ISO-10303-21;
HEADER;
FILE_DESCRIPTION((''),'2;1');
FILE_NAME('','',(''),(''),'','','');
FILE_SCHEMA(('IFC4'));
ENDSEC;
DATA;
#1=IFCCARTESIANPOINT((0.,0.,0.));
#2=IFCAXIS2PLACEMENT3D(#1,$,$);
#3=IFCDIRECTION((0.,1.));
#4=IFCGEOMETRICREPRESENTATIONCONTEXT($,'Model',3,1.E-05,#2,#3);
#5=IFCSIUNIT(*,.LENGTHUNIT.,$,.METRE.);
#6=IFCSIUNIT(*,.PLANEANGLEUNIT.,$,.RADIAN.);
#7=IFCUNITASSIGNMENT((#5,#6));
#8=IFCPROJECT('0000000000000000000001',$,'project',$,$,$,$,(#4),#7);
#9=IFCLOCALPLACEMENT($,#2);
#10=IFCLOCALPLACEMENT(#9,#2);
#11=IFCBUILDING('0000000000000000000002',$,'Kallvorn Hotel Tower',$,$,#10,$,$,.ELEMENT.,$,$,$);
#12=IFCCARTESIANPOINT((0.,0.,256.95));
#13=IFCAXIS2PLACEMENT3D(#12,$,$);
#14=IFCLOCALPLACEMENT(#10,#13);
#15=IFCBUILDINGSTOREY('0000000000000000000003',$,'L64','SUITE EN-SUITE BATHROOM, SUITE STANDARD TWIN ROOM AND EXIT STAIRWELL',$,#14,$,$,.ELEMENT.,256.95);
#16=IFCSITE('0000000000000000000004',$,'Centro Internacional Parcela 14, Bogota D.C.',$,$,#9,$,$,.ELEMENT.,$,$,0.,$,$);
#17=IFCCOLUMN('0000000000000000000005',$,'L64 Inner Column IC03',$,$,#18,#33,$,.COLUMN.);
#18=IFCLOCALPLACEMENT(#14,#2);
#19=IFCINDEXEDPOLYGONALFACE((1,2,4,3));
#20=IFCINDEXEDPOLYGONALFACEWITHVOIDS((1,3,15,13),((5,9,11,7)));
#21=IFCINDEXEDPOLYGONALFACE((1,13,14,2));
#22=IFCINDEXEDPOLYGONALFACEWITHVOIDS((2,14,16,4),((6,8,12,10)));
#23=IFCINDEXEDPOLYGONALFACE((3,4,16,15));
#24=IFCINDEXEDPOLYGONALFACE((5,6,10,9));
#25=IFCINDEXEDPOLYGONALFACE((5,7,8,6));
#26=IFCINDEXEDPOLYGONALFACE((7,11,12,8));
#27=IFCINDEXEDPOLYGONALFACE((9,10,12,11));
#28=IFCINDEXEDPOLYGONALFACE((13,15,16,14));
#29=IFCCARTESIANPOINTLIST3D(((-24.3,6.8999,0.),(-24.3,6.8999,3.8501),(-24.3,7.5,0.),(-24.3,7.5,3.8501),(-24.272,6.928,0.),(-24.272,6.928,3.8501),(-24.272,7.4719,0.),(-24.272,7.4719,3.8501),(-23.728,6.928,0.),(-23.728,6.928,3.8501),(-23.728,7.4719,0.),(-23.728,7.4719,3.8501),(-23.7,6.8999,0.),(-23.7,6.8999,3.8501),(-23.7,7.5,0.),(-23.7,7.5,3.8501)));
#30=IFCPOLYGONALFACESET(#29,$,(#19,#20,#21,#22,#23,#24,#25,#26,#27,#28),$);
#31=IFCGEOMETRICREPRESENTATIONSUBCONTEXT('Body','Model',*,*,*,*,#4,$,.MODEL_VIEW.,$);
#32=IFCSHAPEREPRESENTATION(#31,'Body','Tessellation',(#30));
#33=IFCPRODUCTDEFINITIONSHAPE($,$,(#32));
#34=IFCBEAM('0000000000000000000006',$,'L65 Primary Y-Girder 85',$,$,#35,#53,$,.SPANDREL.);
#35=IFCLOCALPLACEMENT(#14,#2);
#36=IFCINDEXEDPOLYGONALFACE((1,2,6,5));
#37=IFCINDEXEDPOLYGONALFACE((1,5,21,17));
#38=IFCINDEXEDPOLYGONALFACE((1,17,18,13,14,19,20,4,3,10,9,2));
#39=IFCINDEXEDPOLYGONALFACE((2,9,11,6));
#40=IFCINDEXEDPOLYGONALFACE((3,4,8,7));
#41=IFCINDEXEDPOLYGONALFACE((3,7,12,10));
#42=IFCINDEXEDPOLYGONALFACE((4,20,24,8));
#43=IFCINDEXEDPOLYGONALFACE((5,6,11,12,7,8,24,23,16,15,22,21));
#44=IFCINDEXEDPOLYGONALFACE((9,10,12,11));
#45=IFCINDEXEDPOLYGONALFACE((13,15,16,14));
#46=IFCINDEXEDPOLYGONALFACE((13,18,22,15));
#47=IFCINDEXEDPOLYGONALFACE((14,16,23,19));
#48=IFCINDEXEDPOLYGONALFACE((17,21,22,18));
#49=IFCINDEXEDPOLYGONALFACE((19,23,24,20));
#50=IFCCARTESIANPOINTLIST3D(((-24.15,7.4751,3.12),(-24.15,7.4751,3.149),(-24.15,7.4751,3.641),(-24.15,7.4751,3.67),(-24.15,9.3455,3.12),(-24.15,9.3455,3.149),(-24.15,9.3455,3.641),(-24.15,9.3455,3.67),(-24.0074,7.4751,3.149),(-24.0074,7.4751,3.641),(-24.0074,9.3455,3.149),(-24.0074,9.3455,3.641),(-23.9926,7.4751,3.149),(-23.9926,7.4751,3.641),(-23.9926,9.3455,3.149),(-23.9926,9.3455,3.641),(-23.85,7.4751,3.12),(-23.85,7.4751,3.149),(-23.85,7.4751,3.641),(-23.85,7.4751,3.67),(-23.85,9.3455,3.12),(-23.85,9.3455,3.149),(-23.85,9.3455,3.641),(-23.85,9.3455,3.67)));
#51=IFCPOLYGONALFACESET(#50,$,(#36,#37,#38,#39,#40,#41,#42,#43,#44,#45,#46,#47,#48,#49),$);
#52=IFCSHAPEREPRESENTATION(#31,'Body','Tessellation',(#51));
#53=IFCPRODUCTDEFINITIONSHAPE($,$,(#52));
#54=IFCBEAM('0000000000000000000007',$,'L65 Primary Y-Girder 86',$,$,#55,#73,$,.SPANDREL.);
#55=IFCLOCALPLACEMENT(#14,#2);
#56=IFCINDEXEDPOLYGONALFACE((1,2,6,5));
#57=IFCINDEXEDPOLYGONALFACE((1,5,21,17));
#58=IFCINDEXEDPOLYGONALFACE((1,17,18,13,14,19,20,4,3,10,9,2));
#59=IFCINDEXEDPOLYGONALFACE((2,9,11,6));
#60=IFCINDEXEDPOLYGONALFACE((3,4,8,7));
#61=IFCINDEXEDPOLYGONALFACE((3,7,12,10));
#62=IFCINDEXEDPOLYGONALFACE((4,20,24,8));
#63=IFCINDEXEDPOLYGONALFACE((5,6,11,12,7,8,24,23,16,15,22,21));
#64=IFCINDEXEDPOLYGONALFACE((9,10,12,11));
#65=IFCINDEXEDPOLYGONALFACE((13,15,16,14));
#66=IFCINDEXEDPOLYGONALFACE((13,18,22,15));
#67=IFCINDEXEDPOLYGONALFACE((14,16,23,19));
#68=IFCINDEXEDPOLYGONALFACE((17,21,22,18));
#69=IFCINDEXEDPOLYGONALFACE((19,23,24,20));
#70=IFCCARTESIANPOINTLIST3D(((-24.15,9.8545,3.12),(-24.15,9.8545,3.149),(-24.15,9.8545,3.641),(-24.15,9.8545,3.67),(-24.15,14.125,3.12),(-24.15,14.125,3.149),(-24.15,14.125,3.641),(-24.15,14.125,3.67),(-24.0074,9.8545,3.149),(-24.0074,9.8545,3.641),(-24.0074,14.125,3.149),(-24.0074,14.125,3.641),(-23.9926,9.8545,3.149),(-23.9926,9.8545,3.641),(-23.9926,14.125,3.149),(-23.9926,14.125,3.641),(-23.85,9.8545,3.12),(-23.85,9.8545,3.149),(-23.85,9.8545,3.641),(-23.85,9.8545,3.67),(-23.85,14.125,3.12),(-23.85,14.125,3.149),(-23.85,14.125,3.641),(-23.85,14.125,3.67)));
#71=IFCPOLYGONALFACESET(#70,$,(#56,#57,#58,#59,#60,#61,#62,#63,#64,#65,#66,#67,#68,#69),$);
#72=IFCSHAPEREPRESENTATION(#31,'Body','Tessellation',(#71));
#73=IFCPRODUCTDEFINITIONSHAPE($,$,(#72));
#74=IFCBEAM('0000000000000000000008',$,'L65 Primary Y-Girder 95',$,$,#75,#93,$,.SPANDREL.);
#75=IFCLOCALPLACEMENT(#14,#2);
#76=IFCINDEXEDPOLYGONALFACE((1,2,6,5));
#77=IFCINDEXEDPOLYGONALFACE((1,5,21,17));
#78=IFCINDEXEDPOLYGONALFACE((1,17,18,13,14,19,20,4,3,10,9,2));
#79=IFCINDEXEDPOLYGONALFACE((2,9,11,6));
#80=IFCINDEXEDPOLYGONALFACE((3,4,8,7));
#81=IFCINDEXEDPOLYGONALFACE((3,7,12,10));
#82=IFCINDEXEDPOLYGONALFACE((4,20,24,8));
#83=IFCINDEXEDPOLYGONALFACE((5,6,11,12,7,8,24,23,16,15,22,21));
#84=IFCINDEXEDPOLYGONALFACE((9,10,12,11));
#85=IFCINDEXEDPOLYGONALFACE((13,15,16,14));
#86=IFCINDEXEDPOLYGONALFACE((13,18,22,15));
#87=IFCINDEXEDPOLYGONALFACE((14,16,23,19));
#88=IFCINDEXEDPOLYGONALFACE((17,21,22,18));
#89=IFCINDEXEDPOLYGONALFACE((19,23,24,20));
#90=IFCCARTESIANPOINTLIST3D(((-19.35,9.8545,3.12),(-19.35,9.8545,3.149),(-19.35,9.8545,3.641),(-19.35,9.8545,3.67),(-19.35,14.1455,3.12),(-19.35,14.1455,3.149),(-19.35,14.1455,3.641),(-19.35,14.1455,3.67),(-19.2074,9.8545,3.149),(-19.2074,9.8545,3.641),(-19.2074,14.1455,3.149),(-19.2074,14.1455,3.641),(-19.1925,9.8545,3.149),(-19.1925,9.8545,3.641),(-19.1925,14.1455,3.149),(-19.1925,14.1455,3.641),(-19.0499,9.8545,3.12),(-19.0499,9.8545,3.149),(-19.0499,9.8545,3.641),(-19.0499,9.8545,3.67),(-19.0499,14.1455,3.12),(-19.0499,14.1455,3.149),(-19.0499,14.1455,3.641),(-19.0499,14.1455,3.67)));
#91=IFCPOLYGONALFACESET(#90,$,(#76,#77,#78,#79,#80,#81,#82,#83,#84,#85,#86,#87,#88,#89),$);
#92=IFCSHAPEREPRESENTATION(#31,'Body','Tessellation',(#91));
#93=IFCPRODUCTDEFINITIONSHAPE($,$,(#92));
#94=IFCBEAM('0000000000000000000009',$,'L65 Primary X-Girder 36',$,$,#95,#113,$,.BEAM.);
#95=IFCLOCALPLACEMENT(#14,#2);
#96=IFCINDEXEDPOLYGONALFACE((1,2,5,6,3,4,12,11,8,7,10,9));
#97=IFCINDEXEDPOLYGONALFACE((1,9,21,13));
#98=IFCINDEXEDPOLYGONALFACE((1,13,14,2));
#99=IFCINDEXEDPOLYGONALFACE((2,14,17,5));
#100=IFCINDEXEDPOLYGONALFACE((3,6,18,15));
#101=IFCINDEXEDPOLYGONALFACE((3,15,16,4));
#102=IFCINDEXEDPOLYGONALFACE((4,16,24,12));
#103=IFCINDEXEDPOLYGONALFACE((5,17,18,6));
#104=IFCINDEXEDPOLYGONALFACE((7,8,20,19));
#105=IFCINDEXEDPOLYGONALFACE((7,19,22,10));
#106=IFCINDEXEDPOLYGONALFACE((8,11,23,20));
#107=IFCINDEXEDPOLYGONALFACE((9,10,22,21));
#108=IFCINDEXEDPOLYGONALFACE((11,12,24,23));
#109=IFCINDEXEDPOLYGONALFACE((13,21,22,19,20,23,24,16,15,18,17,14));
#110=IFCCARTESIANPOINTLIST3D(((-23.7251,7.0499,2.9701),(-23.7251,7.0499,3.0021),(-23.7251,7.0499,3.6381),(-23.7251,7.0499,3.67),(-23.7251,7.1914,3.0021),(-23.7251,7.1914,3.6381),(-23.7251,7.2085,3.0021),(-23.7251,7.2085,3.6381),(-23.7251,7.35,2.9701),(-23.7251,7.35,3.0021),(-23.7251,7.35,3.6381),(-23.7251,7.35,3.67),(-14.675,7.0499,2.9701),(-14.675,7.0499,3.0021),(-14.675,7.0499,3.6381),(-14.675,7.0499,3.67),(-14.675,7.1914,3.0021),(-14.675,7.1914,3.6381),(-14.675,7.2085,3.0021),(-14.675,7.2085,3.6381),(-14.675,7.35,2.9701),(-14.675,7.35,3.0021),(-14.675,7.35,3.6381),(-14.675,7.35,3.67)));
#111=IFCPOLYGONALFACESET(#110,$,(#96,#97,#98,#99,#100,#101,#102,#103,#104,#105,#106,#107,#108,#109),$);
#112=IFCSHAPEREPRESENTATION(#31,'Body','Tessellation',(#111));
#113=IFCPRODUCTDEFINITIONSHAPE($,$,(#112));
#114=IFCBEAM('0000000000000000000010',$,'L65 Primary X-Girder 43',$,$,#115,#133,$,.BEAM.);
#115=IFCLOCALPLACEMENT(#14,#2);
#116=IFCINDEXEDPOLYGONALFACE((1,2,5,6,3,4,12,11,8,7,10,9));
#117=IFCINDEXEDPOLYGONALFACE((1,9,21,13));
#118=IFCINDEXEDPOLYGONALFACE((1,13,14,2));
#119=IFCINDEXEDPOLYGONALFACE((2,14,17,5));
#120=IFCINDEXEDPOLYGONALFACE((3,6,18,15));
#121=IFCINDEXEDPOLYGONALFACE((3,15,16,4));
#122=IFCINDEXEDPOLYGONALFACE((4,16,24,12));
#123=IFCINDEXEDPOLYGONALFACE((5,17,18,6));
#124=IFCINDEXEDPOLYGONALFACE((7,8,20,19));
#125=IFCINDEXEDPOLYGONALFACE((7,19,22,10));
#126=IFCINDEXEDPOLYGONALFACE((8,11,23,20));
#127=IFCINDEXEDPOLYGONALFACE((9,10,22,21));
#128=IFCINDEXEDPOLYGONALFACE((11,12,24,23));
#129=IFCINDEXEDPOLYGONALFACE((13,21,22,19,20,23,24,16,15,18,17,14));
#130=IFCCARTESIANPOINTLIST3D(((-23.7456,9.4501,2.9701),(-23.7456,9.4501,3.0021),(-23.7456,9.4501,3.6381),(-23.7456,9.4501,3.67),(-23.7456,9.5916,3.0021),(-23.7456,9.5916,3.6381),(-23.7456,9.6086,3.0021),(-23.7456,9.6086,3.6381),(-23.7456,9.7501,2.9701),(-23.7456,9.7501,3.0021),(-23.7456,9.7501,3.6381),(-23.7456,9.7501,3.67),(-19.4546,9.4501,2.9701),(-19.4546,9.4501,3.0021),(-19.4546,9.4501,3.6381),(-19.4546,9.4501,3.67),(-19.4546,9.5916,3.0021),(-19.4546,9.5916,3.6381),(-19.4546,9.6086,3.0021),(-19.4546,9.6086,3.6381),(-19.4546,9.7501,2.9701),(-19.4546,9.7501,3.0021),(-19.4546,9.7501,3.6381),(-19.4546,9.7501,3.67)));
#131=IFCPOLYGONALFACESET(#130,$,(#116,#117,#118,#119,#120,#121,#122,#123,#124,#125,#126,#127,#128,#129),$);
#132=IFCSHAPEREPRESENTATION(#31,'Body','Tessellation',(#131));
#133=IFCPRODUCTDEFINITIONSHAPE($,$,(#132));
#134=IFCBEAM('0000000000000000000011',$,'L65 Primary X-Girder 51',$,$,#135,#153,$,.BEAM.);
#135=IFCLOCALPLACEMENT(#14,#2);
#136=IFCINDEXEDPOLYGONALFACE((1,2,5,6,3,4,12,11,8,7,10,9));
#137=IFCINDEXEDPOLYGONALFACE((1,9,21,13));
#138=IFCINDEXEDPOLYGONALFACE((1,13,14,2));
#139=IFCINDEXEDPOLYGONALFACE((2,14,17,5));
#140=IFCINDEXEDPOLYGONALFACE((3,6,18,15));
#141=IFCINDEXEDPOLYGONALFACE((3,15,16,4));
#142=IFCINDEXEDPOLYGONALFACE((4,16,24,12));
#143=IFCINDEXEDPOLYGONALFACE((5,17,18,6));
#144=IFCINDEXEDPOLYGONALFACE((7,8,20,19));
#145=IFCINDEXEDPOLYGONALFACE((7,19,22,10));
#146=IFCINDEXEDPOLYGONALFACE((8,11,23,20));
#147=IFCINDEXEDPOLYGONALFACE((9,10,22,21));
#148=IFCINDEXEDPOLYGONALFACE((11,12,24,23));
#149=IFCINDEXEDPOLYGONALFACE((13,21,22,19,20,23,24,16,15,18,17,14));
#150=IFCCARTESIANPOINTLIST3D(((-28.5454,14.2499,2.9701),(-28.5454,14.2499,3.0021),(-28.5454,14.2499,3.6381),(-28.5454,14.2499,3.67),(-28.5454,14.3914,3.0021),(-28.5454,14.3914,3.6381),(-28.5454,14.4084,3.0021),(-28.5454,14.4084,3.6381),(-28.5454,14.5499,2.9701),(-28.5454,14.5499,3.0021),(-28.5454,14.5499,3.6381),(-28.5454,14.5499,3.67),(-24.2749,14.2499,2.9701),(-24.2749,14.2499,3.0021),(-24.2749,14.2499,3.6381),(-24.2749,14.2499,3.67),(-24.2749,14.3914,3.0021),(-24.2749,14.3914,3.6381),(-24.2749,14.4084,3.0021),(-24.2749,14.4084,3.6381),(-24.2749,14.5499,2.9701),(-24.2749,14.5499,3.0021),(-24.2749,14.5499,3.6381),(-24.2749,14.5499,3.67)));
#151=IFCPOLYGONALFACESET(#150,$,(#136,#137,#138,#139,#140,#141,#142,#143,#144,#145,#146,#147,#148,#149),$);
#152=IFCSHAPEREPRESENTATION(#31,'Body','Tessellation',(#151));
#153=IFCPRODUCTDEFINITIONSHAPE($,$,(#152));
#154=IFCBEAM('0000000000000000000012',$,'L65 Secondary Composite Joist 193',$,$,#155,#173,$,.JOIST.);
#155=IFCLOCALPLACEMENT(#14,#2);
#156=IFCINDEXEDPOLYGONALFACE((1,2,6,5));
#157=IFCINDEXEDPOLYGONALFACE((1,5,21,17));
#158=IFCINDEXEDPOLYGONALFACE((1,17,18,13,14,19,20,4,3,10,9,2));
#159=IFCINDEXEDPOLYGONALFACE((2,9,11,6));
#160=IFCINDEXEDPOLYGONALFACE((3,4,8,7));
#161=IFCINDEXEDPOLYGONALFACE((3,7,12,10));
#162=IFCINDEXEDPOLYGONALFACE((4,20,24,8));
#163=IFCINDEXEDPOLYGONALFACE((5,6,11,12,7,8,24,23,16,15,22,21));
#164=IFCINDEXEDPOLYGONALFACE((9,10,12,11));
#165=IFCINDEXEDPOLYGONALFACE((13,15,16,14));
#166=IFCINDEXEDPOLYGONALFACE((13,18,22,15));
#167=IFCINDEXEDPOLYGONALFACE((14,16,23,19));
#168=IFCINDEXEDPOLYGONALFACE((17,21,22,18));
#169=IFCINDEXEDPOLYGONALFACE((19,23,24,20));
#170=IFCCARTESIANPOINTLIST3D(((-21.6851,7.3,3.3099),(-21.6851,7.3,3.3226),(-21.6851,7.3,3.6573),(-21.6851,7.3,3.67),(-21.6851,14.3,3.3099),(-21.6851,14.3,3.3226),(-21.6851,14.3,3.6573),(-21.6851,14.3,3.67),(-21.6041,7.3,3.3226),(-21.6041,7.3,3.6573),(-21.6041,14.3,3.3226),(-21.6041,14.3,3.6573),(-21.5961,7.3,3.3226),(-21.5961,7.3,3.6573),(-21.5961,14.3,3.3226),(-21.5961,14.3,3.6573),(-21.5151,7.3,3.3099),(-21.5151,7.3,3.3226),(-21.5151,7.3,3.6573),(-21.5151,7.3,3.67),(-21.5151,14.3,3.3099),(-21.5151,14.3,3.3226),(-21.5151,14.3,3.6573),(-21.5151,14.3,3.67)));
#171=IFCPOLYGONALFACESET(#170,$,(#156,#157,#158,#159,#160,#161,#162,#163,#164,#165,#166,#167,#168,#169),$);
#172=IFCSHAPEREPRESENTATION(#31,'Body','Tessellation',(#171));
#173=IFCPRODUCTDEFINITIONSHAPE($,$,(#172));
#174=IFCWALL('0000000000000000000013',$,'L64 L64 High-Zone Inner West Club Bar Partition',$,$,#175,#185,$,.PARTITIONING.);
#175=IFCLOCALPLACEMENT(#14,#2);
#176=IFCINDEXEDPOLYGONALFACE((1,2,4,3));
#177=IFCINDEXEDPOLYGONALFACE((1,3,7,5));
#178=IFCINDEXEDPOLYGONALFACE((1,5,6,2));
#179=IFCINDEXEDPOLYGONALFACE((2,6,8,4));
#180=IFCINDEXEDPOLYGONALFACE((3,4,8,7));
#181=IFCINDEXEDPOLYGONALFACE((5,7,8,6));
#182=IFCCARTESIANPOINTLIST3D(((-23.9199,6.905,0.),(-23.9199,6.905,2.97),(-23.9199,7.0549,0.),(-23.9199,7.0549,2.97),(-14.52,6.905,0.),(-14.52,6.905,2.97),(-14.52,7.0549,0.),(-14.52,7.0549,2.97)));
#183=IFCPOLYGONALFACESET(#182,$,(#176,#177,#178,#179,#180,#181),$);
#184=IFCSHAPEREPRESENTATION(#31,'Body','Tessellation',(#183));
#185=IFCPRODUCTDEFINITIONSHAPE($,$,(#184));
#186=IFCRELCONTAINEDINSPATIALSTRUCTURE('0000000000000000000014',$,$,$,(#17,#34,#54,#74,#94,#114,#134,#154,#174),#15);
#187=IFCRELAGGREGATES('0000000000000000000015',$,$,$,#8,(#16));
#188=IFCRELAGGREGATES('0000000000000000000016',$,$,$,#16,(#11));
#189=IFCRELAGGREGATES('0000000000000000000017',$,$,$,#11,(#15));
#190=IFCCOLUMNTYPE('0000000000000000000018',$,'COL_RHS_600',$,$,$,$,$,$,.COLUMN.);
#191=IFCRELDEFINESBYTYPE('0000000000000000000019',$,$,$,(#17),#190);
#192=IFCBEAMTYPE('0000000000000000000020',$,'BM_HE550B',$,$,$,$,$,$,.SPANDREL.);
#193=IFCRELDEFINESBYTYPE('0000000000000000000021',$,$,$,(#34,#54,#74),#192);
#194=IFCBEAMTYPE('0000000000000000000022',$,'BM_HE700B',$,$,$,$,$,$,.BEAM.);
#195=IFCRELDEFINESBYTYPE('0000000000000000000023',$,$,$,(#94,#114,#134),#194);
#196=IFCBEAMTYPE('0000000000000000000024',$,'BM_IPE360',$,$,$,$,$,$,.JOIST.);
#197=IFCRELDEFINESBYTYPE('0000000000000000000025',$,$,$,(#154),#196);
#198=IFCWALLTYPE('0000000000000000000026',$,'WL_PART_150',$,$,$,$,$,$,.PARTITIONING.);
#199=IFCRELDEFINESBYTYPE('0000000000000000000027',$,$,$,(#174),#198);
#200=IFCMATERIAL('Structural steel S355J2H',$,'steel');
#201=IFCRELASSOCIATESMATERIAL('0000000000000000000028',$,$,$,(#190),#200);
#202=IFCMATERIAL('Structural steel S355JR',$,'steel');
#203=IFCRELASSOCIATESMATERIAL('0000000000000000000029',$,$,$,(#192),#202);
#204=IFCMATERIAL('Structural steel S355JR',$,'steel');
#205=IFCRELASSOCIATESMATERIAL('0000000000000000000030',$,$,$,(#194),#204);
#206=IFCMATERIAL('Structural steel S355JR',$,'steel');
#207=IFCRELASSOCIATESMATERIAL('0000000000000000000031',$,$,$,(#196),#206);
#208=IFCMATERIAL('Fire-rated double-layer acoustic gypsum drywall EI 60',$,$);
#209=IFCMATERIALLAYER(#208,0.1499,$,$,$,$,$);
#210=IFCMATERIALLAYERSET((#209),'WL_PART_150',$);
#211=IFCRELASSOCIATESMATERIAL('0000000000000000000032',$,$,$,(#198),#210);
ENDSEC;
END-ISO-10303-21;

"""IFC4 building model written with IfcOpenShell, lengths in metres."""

from ifc_helpers import new_model, si_unit, direction, frame, frame_2d, origin, origin_2d, place, context, subcontext, project, spatial, rectangle, hollow_rectangle, i_section, extrude, material, layer, layer_set, material_profile, profile_set, type_object, element, save


model = new_model("IFC4")

# Units and contexts
model_context = context("Model", 3, precision=1e-05, world=origin(), true_north=direction((0.0, 1.0)))
body_context = subcontext(model_context, "Body", "Model", "MODEL_VIEW")
ifc_project = project(units=[si_unit("LENGTHUNIT", "METRE"), si_unit("PLANEANGLEUNIT", "RADIAN")], contexts=[model_context])

# Site, building, storey
site_placement = place(None, origin())
site = spatial("IfcSite", under=ifc_project, at=site_placement, Name="Centro Internacional Parcela 14, Bogota D.C.", CompositionType="ELEMENT", RefElevation=0.0)
building_placement = place(site_placement, origin())
building = spatial("IfcBuilding", under=site, at=building_placement, Name="Kallvorn Hotel Tower", CompositionType="ELEMENT")
storey_placement = place(building_placement, frame((0.0, 0.0, 256.95)))
storey = spatial("IfcBuildingStorey", under=building, at=storey_placement, Name="L64", Description="SUITE EN-SUITE BATHROOM, SUITE STANDARD TWIN ROOM AND EXIT STAIRWELL", CompositionType="ELEMENT", Elevation=256.95)

# Column
ifc_material_1 = material(Name="Structural steel S355J2H", Category="steel")
ifc_material_profile_1 = material_profile(ifc_material_1, hollow_rectangle(XDim=0.6001, YDim=0.6001, WallThickness=0.0281, at=origin_2d()), Name="RHS 600x600x28")
ifc_profile_set_1 = profile_set([ifc_material_profile_1], Name="Structural steel S355J2H")
column_type_1 = type_object("IfcColumnType", Name="COL_RHS_600", PredefinedType="COLUMN", material=ifc_profile_set_1)
column_placement = place(storey_placement, frame((-24.0, 7.2, 0.0), z_axis=(0.0, 0.0, 1.0), x_axis=(1.0, 0.0, 0.0)))
element("IfcColumn", 1, at=column_placement, inside=storey, type_object=column_type_1, Name="L64 Inner Column IC03", PredefinedType="COLUMN", context=body_context, shape_type="SweptSolid", body=[
    extrude(hollow_rectangle(XDim=0.6001, YDim=0.6001, WallThickness=0.0281, at=origin_2d()), origin(), (0.0, 0.0, 1.0), 3.8501),
])

# Beams
ifc_material_2 = material(Name="Structural steel S355JR", Category="steel")
ifc_material_profile_2 = material_profile(ifc_material_2, i_section(OverallWidth=0.3, OverallDepth=0.55, WebThickness=0.0149, FlangeThickness=0.0291, at=origin_2d()), Name="HE 550 B")
ifc_profile_set_2 = profile_set([ifc_material_profile_2], Name="Structural steel S355JR")
beam_type_1 = type_object("IfcBeamType", Name="BM_HE550B", PredefinedType="SPANDREL", material=ifc_profile_set_2)
beam_1_placement = place(storey_placement, frame((-24.0, 7.4751, 3.395), z_axis=(0.0, 1.0, 0.0), x_axis=(-1.0, 0.0, 0.0)))
element("IfcBeam", 2, at=beam_1_placement, inside=storey, type_object=beam_type_1, Name="L65 Primary Y-Girder 85", PredefinedType="SPANDREL", context=body_context, shape_type="SweptSolid", body=[
    extrude(i_section(OverallWidth=0.3, OverallDepth=0.55, WebThickness=0.0149, FlangeThickness=0.0291, at=origin_2d()), origin(), (0.0, 0.0, 1.0), 1.8704),
])
beam_2_placement = place(storey_placement, frame((-24.0, 9.8545, 3.395), z_axis=(0.0, 1.0, 0.0), x_axis=(-1.0, 0.0, 0.0)))
element("IfcBeam", 3, at=beam_2_placement, inside=storey, type_object=beam_type_1, Name="L65 Primary Y-Girder 86", PredefinedType="SPANDREL", context=body_context, shape_type="SweptSolid", body=[
    extrude(i_section(OverallWidth=0.3, OverallDepth=0.55, WebThickness=0.0149, FlangeThickness=0.0291, at=origin_2d()), origin(), (0.0, 0.0, 1.0), 4.2705),
])
beam_3_placement = place(storey_placement, frame((-19.2, 9.8545, 3.395), z_axis=(0.0, 1.0, 0.0), x_axis=(-1.0, 0.0, 0.0)))
element("IfcBeam", 4, at=beam_3_placement, inside=storey, type_object=beam_type_1, Name="L65 Primary Y-Girder 95", PredefinedType="SPANDREL", context=body_context, shape_type="SweptSolid", body=[
    extrude(i_section(OverallWidth=0.3, OverallDepth=0.55, WebThickness=0.0149, FlangeThickness=0.0291, at=origin_2d()), origin(), (0.0, 0.0, 1.0), 4.291),
])
ifc_material_3 = material(Name="Structural steel S355JR", Category="steel")
ifc_material_profile_3 = material_profile(ifc_material_3, i_section(OverallWidth=0.3, OverallDepth=0.7, WebThickness=0.0171, FlangeThickness=0.032, at=origin_2d()), Name="HE 700 B")
ifc_profile_set_3 = profile_set([ifc_material_profile_3], Name="Structural steel S355JR")
beam_type_2 = type_object("IfcBeamType", Name="BM_HE700B", PredefinedType="BEAM", material=ifc_profile_set_3)
beam_4_placement = place(storey_placement, frame((-23.7251, 7.2, 3.3201), z_axis=(1.0, 0.0, 0.0), x_axis=(0.0, 1.0, 0.0)))
element("IfcBeam", 5, at=beam_4_placement, inside=storey, type_object=beam_type_2, Name="L65 Primary X-Girder 36", PredefinedType="BEAM", context=body_context, shape_type="SweptSolid", body=[
    extrude(i_section(OverallWidth=0.3, OverallDepth=0.7, WebThickness=0.0171, FlangeThickness=0.032, at=origin_2d()), origin(), (0.0, 0.0, 1.0), 9.05),
])
beam_5_placement = place(storey_placement, frame((-23.7456, 9.6001, 3.3201), z_axis=(1.0, 0.0, 0.0), x_axis=(0.0, 1.0, 0.0)))
element("IfcBeam", 6, at=beam_5_placement, inside=storey, type_object=beam_type_2, Name="L65 Primary X-Girder 43", PredefinedType="BEAM", context=body_context, shape_type="SweptSolid", body=[
    extrude(i_section(OverallWidth=0.3, OverallDepth=0.7, WebThickness=0.0171, FlangeThickness=0.032, at=origin_2d()), origin(), (0.0, 0.0, 1.0), 4.291),
])
beam_6_placement = place(storey_placement, frame((-28.5454, 14.3999, 3.3201), z_axis=(1.0, 0.0, 0.0), x_axis=(0.0, 1.0, 0.0)))
element("IfcBeam", 7, at=beam_6_placement, inside=storey, type_object=beam_type_2, Name="L65 Primary X-Girder 51", PredefinedType="BEAM", context=body_context, shape_type="SweptSolid", body=[
    extrude(i_section(OverallWidth=0.3, OverallDepth=0.7, WebThickness=0.0171, FlangeThickness=0.032, at=origin_2d()), origin(), (0.0, 0.0, 1.0), 4.2705),
])
ifc_material_4 = material(Name="Structural steel S355JR", Category="steel")
ifc_material_profile_4 = material_profile(ifc_material_4, i_section(OverallWidth=0.1699, OverallDepth=0.3601, WebThickness=0.0081, FlangeThickness=0.0127, at=origin_2d()), Name="IPE 360")
ifc_profile_set_4 = profile_set([ifc_material_profile_4], Name="Structural steel S355JR")
beam_type_3 = type_object("IfcBeamType", Name="BM_IPE360", PredefinedType="JOIST", material=ifc_profile_set_4)
beam_7_placement = place(storey_placement, frame((-21.6001, 7.3, 3.49), z_axis=(0.0, 1.0, 0.0), x_axis=(-1.0, 0.0, 0.0)))
element("IfcBeam", 8, at=beam_7_placement, inside=storey, type_object=beam_type_3, Name="L65 Secondary Composite Joist 193", PredefinedType="JOIST", context=body_context, shape_type="SweptSolid", body=[
    extrude(i_section(OverallWidth=0.1699, OverallDepth=0.3601, WebThickness=0.0081, FlangeThickness=0.0127, at=origin_2d()), origin(), (0.0, 0.0, 1.0), 7.0),
])

# Wall
ifc_material_5 = material(Name="Fire-rated double-layer acoustic gypsum drywall EI 60")
ifc_layer_1 = layer(ifc_material_5, 0.1499)
ifc_layer_set_1 = layer_set([ifc_layer_1], Name="WL_PART_150")
wall_type_1 = type_object("IfcWallType", Name="WL_PART_150", PredefinedType="PARTITIONING", material=ifc_layer_set_1)
wall_1_placement = place(storey_placement, frame((-23.9199, 6.98, 0.0), z_axis=(0.0, 0.0, 1.0), x_axis=(1.0, 0.0, 0.0)))
element("IfcWall", 9, at=wall_1_placement, inside=storey, type_object=wall_type_1, Name="L64 L64 High-Zone Inner West Club Bar Partition", PredefinedType="PARTITIONING", context=body_context, shape_type="SweptSolid", body=[
    extrude(rectangle(XDim=9.3999, YDim=0.1499, at=frame_2d((4.7, 0.0))), origin(), (0.0, 0.0, 1.0), 2.97),
])

save(model, "model.ifc")
